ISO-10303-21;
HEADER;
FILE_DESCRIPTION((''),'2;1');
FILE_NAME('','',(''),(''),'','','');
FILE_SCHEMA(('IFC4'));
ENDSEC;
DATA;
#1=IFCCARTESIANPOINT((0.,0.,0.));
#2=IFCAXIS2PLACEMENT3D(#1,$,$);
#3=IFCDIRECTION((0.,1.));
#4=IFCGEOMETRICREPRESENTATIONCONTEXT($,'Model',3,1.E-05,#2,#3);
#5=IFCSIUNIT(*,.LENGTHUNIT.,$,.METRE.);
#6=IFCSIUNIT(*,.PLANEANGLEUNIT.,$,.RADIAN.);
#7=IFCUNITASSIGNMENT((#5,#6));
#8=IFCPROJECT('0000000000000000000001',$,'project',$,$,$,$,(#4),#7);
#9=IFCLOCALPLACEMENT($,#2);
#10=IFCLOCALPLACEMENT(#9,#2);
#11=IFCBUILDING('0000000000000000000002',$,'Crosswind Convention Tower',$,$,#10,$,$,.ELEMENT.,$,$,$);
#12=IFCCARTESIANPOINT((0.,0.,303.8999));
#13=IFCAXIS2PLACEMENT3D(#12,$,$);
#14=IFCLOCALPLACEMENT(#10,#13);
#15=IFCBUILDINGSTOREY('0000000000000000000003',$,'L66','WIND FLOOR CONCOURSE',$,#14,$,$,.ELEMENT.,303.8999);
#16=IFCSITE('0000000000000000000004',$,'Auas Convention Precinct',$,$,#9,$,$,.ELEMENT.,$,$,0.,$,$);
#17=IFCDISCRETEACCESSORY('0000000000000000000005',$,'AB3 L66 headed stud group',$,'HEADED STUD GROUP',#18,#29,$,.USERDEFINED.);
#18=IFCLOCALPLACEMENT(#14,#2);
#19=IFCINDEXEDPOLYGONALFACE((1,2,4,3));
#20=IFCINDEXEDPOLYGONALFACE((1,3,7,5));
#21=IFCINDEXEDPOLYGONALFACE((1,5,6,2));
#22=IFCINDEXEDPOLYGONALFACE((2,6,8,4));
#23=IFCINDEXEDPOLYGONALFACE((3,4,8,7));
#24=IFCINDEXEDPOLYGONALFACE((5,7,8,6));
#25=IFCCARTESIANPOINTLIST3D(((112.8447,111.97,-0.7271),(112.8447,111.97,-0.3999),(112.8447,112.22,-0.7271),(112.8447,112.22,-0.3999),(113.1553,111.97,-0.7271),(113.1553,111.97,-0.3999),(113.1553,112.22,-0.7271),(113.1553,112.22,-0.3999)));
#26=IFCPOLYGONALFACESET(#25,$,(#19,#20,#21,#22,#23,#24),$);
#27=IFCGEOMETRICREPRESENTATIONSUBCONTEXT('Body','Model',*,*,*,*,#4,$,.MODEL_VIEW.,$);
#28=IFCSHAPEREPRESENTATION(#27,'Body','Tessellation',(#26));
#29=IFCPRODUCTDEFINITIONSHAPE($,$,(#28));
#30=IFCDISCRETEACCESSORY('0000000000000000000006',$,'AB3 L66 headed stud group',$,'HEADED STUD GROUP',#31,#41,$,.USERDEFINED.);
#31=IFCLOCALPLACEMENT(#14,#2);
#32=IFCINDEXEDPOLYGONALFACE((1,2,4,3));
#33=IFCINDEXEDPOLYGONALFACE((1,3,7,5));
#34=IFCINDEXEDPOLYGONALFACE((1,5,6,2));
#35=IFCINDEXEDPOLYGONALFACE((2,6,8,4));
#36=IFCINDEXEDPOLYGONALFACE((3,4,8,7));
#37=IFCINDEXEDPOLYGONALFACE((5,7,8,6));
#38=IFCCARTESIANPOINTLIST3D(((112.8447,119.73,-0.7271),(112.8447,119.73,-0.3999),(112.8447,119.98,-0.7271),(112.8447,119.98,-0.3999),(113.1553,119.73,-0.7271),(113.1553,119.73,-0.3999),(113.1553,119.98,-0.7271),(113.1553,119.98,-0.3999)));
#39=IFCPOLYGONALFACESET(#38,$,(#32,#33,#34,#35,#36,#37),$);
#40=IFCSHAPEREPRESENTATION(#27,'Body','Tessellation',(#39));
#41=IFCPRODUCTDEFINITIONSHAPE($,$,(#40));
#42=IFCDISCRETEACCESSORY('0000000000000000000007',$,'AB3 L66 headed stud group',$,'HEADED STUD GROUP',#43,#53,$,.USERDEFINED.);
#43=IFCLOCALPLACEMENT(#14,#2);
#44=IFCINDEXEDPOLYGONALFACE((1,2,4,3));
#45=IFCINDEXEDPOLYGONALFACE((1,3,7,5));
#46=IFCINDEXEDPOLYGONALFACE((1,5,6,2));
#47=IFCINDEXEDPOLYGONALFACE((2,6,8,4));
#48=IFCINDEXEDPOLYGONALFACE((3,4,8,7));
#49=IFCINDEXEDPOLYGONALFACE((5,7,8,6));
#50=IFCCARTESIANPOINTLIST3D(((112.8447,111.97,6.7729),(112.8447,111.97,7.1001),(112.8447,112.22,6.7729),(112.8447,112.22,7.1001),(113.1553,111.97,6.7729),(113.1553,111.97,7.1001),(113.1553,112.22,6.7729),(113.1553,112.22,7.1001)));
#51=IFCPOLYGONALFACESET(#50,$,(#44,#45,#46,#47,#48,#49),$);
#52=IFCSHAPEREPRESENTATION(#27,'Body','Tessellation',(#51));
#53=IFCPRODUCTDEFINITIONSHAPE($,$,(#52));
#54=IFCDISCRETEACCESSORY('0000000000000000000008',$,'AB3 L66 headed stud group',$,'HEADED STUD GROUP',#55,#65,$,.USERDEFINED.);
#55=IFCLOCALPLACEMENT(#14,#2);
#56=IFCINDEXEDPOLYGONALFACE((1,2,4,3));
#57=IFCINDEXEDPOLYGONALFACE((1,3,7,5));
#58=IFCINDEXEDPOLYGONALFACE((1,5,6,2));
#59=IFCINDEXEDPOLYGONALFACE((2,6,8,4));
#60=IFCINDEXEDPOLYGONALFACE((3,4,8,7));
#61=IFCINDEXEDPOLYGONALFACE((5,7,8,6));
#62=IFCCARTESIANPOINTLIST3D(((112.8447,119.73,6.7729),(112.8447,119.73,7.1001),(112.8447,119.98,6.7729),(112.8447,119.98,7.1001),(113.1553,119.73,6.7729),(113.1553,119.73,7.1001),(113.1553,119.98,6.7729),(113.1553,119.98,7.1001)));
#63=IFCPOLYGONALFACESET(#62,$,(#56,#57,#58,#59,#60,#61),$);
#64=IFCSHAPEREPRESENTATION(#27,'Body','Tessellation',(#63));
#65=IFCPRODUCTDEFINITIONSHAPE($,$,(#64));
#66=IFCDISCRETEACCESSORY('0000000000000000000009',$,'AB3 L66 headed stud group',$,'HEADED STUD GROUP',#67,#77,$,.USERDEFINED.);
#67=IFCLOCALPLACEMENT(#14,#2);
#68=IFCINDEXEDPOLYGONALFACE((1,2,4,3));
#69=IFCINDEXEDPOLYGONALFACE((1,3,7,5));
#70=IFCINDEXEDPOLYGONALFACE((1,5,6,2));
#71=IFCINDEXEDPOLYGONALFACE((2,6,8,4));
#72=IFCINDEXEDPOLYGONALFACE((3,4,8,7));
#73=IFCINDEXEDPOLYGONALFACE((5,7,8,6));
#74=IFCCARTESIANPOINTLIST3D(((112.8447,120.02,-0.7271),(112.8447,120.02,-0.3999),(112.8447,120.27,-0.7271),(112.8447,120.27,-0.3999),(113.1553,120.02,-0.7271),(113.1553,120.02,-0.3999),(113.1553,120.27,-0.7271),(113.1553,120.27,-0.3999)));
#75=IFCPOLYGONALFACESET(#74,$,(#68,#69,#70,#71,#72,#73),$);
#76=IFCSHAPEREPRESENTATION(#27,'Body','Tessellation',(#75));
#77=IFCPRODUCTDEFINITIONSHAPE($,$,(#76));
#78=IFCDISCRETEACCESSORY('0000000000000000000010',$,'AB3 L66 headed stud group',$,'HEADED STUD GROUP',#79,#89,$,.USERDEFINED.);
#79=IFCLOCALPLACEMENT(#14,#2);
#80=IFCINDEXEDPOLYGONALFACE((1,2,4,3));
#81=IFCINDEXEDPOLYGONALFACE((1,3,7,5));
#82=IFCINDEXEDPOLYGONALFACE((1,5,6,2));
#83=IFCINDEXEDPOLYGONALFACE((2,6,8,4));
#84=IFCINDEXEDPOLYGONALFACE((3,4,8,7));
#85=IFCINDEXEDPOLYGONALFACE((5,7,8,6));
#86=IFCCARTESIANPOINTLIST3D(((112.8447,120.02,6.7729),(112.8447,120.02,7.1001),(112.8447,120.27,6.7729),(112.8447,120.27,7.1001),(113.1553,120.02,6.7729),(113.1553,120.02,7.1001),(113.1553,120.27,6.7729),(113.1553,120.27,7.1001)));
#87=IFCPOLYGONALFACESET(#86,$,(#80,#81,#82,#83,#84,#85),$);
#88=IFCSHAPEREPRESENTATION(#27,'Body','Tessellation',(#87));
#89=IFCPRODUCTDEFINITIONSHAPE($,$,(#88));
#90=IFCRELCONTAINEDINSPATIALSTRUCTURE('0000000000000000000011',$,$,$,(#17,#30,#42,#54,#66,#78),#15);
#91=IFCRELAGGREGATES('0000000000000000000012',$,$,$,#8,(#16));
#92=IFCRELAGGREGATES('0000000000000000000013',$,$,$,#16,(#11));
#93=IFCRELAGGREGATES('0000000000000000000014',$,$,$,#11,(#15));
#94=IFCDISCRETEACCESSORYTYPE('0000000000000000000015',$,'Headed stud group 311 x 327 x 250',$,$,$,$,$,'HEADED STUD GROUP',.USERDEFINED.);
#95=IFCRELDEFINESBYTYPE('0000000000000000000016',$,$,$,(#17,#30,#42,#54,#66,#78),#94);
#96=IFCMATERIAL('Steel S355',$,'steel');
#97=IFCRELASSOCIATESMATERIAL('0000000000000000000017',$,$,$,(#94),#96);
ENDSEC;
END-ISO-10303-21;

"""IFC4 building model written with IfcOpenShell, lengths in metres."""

from ifc_helpers import new_model, si_unit, direction, frame, origin, origin_2d, place, context, subcontext, project, spatial, rectangle, extrude, material, type_object, element, save


model = new_model("IFC4")

# Units and contexts
model_context = context("Model", 3, precision=1e-05, world=origin(), true_north=direction((0.0, 1.0)))
body_context = subcontext(model_context, "Body", "Model", "MODEL_VIEW")
ifc_project = project(units=[si_unit("LENGTHUNIT", "METRE"), si_unit("PLANEANGLEUNIT", "RADIAN")], contexts=[model_context])

# Site, building, storey
site_placement = place(None, origin())
site = spatial("IfcSite", under=ifc_project, at=site_placement, Name="Auas Convention Precinct", CompositionType="ELEMENT", RefElevation=0.0)
building_placement = place(site_placement, origin())
building = spatial("IfcBuilding", under=site, at=building_placement, Name="Crosswind Convention Tower", CompositionType="ELEMENT")
storey_placement = place(building_placement, frame((0.0, 0.0, 303.8999)))
storey = spatial("IfcBuildingStorey", under=building, at=storey_placement, Name="L66", Description="WIND FLOOR CONCOURSE", CompositionType="ELEMENT", Elevation=303.8999)

# Shared definitions
ifc_material_1 = material(Name="Steel S355", Category="steel")

# Discrete accessories
discrete_accessory_type_1 = type_object("IfcDiscreteAccessoryType", Name="Headed stud group 311 x 327 x 250", ElementType="HEADED STUD GROUP", PredefinedType="USERDEFINED", material=ifc_material_1)
for number, where, z_axis, x_axis, name in (
    (1, (113.0, 112.095, -0.7271), (0.0, 0.0, 1.0), (1.0, 0.0, 0.0), "AB3 L66 headed stud group"),
    (2, (113.0, 119.855, -0.7271), (0.0, 0.0, 1.0), (1.0, 0.0, 0.0), "AB3 L66 headed stud group"),
    (3, (113.0, 112.095, 6.7729), (0.0, 0.0, 1.0), (1.0, 0.0, 0.0), "AB3 L66 headed stud group"),
    (4, (113.0, 119.855, 6.7729), (0.0, 0.0, 1.0), (1.0, 0.0, 0.0), "AB3 L66 headed stud group"),
    (5, (113.0, 120.145, -0.7271), (0.0, 0.0, 1.0), (1.0, 0.0, 0.0), "AB3 L66 headed stud group"),
    (6, (113.0, 120.145, 6.7729), (0.0, 0.0, 1.0), (1.0, 0.0, 0.0), "AB3 L66 headed stud group"),
):
    element("IfcDiscreteAccessory", number, at=place(storey_placement, frame(where, z_axis=z_axis, x_axis=x_axis)), inside=storey, type_object=discrete_accessory_type_1, Name=name, ObjectType="HEADED STUD GROUP", PredefinedType="USERDEFINED", context=body_context, shape_type="SweptSolid", body=[
        extrude(rectangle(XDim=0.3105, YDim=0.25, at=origin_2d()), origin(), (0.0, 0.0, 1.0), 0.3271),
    ])

save(model, "model.ifc")
